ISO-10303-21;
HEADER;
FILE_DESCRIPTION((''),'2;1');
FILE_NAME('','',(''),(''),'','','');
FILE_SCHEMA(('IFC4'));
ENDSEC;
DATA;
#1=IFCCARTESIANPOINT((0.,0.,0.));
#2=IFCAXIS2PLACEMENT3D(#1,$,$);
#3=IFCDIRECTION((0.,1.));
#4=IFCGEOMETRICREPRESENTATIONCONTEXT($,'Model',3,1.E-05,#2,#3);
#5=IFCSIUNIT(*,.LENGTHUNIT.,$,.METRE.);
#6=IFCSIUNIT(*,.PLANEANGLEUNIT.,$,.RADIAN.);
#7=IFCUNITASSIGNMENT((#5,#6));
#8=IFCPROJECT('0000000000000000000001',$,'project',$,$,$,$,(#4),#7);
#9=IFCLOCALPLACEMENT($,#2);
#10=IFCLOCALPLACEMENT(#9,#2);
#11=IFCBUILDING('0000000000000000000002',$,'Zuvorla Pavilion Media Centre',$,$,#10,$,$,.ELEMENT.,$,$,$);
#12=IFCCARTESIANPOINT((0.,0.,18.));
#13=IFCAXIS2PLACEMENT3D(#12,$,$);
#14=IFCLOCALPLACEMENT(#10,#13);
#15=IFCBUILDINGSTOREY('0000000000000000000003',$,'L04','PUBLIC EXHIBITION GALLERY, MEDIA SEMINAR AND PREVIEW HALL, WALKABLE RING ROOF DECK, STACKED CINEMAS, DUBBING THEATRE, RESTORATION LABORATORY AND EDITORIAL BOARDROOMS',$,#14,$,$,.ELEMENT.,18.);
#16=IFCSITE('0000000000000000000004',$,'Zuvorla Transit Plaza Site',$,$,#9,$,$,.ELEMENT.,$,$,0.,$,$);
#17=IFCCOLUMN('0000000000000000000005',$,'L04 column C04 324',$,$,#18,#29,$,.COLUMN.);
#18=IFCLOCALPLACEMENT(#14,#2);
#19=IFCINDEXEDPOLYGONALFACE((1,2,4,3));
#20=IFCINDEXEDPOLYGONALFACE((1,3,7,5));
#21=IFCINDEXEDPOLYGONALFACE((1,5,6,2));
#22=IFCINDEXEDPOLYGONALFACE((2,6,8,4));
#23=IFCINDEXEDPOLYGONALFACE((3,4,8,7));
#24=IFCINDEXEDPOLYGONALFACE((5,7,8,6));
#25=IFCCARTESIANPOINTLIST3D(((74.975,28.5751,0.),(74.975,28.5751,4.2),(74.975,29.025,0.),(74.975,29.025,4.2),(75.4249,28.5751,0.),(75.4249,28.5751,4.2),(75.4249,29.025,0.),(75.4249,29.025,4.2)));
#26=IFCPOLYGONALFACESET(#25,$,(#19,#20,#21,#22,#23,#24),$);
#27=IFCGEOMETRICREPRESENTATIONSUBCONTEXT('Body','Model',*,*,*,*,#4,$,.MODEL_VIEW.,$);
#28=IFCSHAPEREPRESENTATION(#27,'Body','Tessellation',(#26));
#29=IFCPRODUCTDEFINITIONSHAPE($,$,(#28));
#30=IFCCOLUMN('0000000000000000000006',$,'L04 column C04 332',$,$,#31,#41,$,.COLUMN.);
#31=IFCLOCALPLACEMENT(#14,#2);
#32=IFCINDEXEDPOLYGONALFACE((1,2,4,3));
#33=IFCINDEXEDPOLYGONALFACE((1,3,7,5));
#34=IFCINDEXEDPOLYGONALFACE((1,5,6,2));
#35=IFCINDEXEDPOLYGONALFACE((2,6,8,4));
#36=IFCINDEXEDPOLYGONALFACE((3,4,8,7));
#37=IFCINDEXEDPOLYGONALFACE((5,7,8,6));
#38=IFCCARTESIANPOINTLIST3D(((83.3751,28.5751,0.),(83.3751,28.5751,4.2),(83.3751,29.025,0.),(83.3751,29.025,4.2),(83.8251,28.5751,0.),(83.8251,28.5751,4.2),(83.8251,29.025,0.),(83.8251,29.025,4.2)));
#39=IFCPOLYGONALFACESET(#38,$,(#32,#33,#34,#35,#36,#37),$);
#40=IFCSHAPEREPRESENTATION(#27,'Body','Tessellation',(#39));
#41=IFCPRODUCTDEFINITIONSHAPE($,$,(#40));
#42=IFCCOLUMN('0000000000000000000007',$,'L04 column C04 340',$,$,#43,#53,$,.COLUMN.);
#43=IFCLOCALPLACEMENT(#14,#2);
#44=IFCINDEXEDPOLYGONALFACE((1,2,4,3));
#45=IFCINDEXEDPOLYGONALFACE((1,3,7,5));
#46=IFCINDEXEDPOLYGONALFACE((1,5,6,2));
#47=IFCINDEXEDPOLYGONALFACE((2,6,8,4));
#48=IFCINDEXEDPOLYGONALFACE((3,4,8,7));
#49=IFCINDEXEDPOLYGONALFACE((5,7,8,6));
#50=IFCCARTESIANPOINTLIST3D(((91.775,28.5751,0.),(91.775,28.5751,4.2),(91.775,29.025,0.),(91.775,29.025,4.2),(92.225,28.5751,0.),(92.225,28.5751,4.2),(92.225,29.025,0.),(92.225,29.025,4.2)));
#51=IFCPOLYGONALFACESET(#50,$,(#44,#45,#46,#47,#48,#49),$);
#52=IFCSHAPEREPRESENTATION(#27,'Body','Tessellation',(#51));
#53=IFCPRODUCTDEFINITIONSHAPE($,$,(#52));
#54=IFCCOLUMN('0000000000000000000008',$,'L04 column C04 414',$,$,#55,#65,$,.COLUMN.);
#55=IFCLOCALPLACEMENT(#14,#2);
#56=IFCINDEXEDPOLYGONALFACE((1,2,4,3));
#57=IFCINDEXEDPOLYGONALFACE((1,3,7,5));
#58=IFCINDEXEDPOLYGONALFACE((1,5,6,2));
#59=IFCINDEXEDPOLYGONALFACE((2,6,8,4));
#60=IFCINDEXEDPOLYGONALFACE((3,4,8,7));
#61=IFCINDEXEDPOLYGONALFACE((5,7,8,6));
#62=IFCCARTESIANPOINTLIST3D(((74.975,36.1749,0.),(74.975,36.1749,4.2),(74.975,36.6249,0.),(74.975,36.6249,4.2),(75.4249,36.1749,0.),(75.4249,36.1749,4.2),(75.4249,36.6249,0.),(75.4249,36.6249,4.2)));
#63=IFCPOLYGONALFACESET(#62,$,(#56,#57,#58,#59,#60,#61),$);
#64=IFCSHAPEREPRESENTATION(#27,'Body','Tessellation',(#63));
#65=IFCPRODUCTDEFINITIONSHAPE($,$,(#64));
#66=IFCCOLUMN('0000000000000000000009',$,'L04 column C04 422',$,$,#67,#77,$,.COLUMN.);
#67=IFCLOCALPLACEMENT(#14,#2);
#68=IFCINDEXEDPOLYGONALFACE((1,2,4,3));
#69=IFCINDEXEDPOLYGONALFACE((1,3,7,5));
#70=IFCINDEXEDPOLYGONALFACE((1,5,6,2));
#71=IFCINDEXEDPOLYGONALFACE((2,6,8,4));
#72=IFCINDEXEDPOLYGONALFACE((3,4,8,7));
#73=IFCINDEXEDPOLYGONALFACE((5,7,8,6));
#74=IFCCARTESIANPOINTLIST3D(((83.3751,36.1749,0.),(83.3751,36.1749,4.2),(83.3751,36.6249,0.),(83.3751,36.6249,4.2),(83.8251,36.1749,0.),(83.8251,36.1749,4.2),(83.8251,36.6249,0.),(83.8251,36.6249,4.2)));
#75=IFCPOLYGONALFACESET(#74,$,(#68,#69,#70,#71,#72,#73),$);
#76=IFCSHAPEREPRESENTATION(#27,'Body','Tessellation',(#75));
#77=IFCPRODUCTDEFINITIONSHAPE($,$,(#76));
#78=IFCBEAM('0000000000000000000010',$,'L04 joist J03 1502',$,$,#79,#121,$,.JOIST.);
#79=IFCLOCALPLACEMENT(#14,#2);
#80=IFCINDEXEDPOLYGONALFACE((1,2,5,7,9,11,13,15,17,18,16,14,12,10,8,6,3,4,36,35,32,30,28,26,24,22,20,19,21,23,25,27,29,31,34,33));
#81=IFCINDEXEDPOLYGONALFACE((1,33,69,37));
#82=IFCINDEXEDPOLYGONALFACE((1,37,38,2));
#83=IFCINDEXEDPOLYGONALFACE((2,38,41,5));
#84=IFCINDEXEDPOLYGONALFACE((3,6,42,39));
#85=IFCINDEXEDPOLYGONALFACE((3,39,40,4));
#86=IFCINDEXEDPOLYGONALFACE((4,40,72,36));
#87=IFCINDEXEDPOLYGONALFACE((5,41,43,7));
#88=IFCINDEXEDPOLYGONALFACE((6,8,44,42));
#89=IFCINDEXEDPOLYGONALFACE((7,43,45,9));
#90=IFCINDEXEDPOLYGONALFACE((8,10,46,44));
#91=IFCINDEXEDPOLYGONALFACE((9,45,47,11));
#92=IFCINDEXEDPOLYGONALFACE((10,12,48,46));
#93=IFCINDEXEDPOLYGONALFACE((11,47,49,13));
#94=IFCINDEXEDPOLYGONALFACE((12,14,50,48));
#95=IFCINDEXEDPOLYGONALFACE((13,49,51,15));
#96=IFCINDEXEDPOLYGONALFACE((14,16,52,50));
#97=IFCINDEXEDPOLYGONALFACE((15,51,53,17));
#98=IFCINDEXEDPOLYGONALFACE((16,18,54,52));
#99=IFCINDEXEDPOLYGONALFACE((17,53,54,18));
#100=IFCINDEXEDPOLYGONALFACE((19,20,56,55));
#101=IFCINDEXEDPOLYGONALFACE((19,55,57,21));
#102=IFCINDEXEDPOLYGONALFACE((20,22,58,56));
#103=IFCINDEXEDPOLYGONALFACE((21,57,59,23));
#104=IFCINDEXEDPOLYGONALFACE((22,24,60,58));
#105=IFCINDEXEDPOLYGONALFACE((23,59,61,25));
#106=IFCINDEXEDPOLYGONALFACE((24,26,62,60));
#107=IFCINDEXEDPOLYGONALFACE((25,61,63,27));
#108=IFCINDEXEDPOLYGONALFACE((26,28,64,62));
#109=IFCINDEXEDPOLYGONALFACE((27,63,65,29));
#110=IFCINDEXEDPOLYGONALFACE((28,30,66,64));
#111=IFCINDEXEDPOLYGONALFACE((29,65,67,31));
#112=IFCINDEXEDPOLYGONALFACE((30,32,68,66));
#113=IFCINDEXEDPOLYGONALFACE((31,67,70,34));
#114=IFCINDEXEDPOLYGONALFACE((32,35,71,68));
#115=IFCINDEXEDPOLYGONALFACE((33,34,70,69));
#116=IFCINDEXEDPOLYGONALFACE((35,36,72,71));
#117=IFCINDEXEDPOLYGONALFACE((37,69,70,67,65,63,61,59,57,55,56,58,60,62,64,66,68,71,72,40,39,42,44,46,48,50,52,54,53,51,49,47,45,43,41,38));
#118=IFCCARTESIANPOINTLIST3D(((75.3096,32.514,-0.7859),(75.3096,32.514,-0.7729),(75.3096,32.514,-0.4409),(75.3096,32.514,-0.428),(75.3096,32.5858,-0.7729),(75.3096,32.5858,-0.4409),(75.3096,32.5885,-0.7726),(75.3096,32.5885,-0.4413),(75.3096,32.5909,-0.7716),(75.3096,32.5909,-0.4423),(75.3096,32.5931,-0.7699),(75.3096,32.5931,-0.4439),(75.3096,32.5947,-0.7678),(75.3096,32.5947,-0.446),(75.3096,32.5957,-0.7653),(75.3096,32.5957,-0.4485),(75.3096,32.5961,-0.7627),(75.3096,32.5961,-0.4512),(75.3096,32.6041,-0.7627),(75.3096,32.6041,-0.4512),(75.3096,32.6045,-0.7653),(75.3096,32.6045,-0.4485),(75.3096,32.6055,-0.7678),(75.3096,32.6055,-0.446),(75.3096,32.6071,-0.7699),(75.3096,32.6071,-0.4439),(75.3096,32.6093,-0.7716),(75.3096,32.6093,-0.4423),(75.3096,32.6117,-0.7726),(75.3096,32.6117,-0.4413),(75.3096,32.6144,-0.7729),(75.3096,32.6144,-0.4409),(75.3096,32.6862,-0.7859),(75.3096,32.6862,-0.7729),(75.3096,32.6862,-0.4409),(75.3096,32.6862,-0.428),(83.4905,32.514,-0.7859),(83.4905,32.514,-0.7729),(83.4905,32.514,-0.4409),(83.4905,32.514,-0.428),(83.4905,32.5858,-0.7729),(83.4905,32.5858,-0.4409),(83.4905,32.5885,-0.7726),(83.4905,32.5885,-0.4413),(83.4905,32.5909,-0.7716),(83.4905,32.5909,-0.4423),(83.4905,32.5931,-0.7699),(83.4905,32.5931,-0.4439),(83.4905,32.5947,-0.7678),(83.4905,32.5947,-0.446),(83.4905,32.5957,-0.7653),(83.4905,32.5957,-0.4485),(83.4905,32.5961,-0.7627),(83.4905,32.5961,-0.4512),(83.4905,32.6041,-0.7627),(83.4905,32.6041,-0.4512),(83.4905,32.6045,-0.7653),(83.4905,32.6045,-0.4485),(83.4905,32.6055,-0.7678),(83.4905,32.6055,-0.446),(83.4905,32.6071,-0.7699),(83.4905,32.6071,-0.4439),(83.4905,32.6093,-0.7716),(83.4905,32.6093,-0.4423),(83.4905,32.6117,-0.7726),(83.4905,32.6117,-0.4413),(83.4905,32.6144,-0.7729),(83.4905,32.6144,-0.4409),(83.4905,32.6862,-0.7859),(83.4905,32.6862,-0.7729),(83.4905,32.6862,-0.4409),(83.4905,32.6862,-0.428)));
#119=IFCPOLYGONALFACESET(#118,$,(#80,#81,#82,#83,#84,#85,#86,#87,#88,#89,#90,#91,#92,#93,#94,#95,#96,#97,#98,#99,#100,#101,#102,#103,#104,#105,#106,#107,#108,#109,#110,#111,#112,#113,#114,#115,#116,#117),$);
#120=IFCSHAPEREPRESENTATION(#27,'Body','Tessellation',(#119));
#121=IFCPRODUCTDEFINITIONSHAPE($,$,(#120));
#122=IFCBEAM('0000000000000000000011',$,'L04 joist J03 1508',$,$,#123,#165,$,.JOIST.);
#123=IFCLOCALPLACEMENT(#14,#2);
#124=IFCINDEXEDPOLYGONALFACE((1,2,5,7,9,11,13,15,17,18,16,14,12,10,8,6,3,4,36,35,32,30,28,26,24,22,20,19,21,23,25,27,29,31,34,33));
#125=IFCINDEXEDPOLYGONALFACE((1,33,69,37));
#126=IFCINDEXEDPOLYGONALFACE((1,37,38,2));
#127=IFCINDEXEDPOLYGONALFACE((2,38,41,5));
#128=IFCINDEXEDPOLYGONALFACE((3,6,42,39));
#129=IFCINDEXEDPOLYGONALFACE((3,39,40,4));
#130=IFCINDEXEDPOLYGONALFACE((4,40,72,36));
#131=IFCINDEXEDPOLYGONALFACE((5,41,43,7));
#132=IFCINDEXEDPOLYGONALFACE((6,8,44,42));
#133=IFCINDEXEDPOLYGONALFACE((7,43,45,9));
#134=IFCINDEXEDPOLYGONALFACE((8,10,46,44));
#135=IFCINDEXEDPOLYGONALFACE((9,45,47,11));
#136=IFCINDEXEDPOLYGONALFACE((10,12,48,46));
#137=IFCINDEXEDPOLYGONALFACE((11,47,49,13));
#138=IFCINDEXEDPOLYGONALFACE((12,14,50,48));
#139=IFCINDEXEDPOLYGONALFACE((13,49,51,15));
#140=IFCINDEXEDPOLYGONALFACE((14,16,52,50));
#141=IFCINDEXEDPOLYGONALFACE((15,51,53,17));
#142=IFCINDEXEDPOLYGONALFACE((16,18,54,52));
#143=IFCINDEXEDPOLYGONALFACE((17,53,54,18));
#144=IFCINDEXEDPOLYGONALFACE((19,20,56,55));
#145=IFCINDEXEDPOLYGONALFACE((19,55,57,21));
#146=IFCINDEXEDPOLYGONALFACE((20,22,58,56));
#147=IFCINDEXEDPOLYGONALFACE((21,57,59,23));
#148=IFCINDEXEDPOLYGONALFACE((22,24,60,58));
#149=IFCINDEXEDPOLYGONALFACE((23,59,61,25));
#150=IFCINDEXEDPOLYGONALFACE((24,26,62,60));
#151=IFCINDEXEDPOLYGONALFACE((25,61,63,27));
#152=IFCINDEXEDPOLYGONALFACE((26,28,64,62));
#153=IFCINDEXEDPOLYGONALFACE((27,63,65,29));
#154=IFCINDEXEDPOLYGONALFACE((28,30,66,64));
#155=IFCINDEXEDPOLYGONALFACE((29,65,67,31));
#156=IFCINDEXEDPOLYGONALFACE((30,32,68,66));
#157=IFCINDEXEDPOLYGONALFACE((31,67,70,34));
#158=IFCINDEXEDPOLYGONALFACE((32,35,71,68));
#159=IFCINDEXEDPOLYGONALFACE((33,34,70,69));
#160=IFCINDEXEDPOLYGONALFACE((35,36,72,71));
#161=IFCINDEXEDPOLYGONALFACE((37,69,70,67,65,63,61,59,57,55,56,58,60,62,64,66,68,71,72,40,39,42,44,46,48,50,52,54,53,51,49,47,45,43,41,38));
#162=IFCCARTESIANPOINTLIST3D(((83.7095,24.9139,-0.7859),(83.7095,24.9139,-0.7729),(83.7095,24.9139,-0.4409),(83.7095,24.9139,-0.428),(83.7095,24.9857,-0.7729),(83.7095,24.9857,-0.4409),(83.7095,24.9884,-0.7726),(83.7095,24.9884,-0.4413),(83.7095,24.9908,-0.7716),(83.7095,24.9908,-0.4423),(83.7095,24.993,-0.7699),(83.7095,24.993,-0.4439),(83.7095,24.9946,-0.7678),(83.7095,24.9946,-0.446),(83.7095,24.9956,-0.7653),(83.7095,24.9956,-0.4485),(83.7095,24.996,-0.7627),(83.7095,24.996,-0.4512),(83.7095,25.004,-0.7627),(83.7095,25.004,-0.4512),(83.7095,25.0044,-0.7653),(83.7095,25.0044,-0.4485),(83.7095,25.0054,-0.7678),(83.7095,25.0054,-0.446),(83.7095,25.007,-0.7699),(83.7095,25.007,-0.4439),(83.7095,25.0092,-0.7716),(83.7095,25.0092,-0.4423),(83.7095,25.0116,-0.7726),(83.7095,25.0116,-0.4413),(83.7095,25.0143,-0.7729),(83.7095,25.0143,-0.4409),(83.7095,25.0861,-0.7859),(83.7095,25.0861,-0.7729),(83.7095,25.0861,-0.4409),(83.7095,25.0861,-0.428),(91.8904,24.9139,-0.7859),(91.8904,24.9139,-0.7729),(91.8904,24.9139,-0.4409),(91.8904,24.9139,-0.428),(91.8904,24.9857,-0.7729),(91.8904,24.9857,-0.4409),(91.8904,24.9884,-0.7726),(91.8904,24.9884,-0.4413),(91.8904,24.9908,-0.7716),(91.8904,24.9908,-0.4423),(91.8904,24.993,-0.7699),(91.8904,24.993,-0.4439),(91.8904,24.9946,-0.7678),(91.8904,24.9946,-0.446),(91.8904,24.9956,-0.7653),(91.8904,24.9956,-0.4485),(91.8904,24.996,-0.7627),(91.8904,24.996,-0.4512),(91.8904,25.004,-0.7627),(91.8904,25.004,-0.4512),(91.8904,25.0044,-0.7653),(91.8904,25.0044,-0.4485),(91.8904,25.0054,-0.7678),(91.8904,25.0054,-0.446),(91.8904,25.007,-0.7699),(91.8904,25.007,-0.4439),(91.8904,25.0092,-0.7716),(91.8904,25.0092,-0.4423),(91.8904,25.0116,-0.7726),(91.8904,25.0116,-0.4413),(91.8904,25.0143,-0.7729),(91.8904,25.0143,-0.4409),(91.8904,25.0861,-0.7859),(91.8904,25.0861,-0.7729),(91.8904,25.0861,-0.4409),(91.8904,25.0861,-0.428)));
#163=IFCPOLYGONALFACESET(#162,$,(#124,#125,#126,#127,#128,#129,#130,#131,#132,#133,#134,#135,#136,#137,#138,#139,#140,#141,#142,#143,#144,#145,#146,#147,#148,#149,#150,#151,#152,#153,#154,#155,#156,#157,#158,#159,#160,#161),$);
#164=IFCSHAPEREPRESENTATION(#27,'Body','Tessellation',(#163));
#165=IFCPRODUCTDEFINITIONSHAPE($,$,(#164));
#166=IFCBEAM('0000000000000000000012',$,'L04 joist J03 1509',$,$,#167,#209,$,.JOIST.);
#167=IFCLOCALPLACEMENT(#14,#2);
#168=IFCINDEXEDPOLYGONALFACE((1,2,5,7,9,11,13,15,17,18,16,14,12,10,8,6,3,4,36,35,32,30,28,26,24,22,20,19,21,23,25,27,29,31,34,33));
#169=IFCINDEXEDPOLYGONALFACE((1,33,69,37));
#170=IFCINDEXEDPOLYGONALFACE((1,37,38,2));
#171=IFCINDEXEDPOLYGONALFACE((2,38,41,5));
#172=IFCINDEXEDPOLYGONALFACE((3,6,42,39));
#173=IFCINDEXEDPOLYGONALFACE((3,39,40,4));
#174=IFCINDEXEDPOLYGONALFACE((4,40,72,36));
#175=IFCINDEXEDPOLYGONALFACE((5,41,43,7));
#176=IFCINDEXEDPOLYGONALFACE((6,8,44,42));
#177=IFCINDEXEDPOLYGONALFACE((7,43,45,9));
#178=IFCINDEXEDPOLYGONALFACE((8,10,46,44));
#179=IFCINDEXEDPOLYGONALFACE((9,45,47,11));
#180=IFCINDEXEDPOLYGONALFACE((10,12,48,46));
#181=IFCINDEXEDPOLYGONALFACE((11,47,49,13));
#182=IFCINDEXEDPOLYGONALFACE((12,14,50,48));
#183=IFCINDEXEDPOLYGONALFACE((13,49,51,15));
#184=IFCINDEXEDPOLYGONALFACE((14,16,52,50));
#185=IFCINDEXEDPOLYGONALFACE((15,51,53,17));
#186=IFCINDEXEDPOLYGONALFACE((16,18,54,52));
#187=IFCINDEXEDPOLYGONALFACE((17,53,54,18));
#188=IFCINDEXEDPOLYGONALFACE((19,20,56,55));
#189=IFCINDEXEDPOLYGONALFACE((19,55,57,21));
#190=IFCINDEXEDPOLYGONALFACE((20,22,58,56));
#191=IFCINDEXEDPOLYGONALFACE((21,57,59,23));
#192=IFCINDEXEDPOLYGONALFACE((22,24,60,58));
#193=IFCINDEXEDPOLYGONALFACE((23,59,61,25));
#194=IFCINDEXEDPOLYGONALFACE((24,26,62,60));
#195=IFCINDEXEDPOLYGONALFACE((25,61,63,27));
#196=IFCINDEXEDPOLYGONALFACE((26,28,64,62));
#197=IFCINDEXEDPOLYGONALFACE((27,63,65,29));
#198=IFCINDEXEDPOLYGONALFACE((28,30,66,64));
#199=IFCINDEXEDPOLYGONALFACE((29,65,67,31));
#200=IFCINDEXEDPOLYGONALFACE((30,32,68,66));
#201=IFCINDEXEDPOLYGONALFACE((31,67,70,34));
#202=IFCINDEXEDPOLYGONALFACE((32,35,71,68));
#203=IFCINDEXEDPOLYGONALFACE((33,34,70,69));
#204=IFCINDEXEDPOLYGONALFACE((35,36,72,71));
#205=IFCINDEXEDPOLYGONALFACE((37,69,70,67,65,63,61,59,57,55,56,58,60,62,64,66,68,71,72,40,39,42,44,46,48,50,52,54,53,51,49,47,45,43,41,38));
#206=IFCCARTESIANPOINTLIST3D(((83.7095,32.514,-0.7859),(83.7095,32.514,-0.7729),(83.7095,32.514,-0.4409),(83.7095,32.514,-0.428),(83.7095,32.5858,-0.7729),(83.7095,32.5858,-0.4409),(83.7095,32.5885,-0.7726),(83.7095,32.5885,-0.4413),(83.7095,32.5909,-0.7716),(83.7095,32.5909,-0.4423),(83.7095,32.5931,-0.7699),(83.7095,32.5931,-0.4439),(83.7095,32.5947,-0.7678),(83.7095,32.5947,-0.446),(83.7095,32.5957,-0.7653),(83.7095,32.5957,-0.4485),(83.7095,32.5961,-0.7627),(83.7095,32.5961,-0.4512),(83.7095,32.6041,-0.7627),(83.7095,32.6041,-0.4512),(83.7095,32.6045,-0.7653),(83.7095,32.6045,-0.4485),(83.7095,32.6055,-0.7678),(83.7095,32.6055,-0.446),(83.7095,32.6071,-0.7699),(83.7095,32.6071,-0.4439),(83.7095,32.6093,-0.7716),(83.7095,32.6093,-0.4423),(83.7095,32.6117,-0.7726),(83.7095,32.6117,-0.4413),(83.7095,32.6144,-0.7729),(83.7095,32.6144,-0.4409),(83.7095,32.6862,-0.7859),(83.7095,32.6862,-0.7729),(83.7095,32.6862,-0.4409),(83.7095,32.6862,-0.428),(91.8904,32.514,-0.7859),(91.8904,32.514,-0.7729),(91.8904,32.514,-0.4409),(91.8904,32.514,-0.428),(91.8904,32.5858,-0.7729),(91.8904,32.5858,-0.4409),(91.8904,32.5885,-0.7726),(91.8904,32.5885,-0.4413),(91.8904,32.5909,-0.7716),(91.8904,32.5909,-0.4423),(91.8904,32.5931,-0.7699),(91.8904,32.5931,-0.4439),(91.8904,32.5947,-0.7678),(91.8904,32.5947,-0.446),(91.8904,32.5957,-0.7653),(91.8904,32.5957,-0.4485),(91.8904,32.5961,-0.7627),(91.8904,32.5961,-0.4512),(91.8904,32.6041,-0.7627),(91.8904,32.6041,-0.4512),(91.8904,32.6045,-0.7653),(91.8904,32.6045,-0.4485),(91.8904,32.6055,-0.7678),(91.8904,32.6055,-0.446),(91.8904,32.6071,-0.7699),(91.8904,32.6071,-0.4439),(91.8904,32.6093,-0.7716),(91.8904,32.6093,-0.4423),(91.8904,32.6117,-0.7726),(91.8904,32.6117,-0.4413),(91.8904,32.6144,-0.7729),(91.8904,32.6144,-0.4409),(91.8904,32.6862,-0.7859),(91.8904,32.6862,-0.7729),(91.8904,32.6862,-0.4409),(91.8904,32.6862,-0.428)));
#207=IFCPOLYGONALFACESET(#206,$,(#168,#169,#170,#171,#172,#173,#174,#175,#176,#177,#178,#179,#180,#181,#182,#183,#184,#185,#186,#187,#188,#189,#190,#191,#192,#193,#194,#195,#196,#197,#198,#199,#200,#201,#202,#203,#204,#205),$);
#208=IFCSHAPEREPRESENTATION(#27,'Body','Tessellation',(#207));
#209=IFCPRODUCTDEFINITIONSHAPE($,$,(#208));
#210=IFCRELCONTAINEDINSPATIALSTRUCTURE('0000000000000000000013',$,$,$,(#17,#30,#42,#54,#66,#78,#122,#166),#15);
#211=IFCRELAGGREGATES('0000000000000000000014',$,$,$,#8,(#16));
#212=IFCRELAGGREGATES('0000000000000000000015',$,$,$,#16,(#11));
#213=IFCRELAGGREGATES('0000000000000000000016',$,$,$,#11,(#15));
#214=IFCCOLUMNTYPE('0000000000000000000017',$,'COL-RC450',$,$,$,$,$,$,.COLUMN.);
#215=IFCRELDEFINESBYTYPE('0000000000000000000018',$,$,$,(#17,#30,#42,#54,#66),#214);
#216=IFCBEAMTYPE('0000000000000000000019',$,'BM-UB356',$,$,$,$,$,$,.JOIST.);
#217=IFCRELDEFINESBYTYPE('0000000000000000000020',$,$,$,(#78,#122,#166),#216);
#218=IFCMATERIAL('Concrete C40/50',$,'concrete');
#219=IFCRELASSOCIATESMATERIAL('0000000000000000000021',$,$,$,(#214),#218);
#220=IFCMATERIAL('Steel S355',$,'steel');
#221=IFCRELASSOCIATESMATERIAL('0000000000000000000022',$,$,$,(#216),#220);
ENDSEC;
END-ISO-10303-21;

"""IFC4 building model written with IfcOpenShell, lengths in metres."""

from ifc_helpers import new_model, si_unit, direction, frame, origin, origin_2d, place, context, subcontext, project, spatial, rectangle, i_section, extrude, material, material_profile, profile_set, type_object, element, save


model = new_model("IFC4")

# Units and contexts
model_context = context("Model", 3, precision=1e-05, world=origin(), true_north=direction((0.0, 1.0)))
body_context = subcontext(model_context, "Body", "Model", "MODEL_VIEW")
ifc_project = project(units=[si_unit("LENGTHUNIT", "METRE"), si_unit("PLANEANGLEUNIT", "RADIAN")], contexts=[model_context])

# Site, building, storey
site_placement = place(None, origin())
site = spatial("IfcSite", under=ifc_project, at=site_placement, Name="Zuvorla Transit Plaza Site", CompositionType="ELEMENT", RefElevation=0.0)
building_placement = place(site_placement, origin())
building = spatial("IfcBuilding", under=site, at=building_placement, Name="Zuvorla Pavilion Media Centre", CompositionType="ELEMENT")
storey_placement = place(building_placement, frame((0.0, 0.0, 18.0)))
storey = spatial("IfcBuildingStorey", under=building, at=storey_placement, Name="L04", Description="PUBLIC EXHIBITION GALLERY, MEDIA SEMINAR AND PREVIEW HALL, WALKABLE RING ROOF DECK, STACKED CINEMAS, DUBBING THEATRE, RESTORATION LABORATORY AND EDITORIAL BOARDROOMS", CompositionType="ELEMENT", Elevation=18.0)

# Columns
ifc_material_1 = material(Name="Concrete C40/50", Category="concrete")
ifc_material_profile_1 = material_profile(ifc_material_1, rectangle(XDim=0.45, YDim=0.45, at=origin_2d()), Name="RC 450x450")
ifc_profile_set_1 = profile_set([ifc_material_profile_1], Name="Concrete C40/50")
column_type = type_object("IfcColumnType", Name="COL-RC450", PredefinedType="COLUMN", material=ifc_profile_set_1)
for number, where, z_axis, x_axis, name in (
    (1, (75.2, 28.8, 0.0), (0.0, 0.0, 1.0), (1.0, 0.0, 0.0), "L04 column C04 324"),
    (2, (83.6001, 28.8, 0.0), (0.0, 0.0, 1.0), (1.0, 0.0, 0.0), "L04 column C04 332"),
    (3, (92.0, 28.8, 0.0), (0.0, 0.0, 1.0), (1.0, 0.0, 0.0), "L04 column C04 340"),
    (4, (75.2, 36.3999, 0.0), (0.0, 0.0, 1.0), (1.0, 0.0, 0.0), "L04 column C04 414"),
    (5, (83.6001, 36.3999, 0.0), (0.0, 0.0, 1.0), (1.0, 0.0, 0.0), "L04 column C04 422"),
):
    element("IfcColumn", number, at=place(storey_placement, frame(where, z_axis=z_axis, x_axis=x_axis)), inside=storey, type_object=column_type, Name=name, PredefinedType="COLUMN", context=body_context, shape_type="SweptSolid", body=[
        extrude(rectangle(XDim=0.45, YDim=0.45, at=origin_2d()), origin(), (0.0, 0.0, 1.0), 4.2),
    ])

# Beams
ifc_material_2 = material(Name="Steel S355", Category="steel")
ifc_material_profile_2 = material_profile(ifc_material_2, i_section(OverallWidth=0.1721, OverallDepth=0.3579, WebThickness=0.0081, FlangeThickness=0.0129, FilletRadius=0.0103, at=origin_2d()), Name="UB 356x171x57")
ifc_profile_set_2 = profile_set([ifc_material_profile_2], Name="Steel S355")
beam_type_1 = type_object("IfcBeamType", Name="BM-UB356", PredefinedType="JOIST", material=ifc_profile_set_2)
for number, where, z_axis, x_axis, name in (
    (6, (75.3096, 32.6001, -0.6069), (1.0, 0.0, 0.0), (0.0, 1.0, 0.0), "L04 joist J03 1502"),
    (7, (83.7095, 25.0, -0.6069), (1.0, 0.0, 0.0), (0.0, 1.0, 0.0), "L04 joist J03 1508"),
    (8, (83.7095, 32.6001, -0.6069), (1.0, 0.0, 0.0), (0.0, 1.0, 0.0), "L04 joist J03 1509"),
):
    element("IfcBeam", number, at=place(storey_placement, frame(where, z_axis=z_axis, x_axis=x_axis)), inside=storey, type_object=beam_type_1, Name=name, PredefinedType="JOIST", context=body_context, shape_type="SweptSolid", body=[
        extrude(i_section(OverallWidth=0.1721, OverallDepth=0.3579, WebThickness=0.0081, FlangeThickness=0.0129, FilletRadius=0.0103, at=origin_2d()), origin(), (0.0, 0.0, 1.0), 8.1809),
    ])

save(model, "model.ifc")
